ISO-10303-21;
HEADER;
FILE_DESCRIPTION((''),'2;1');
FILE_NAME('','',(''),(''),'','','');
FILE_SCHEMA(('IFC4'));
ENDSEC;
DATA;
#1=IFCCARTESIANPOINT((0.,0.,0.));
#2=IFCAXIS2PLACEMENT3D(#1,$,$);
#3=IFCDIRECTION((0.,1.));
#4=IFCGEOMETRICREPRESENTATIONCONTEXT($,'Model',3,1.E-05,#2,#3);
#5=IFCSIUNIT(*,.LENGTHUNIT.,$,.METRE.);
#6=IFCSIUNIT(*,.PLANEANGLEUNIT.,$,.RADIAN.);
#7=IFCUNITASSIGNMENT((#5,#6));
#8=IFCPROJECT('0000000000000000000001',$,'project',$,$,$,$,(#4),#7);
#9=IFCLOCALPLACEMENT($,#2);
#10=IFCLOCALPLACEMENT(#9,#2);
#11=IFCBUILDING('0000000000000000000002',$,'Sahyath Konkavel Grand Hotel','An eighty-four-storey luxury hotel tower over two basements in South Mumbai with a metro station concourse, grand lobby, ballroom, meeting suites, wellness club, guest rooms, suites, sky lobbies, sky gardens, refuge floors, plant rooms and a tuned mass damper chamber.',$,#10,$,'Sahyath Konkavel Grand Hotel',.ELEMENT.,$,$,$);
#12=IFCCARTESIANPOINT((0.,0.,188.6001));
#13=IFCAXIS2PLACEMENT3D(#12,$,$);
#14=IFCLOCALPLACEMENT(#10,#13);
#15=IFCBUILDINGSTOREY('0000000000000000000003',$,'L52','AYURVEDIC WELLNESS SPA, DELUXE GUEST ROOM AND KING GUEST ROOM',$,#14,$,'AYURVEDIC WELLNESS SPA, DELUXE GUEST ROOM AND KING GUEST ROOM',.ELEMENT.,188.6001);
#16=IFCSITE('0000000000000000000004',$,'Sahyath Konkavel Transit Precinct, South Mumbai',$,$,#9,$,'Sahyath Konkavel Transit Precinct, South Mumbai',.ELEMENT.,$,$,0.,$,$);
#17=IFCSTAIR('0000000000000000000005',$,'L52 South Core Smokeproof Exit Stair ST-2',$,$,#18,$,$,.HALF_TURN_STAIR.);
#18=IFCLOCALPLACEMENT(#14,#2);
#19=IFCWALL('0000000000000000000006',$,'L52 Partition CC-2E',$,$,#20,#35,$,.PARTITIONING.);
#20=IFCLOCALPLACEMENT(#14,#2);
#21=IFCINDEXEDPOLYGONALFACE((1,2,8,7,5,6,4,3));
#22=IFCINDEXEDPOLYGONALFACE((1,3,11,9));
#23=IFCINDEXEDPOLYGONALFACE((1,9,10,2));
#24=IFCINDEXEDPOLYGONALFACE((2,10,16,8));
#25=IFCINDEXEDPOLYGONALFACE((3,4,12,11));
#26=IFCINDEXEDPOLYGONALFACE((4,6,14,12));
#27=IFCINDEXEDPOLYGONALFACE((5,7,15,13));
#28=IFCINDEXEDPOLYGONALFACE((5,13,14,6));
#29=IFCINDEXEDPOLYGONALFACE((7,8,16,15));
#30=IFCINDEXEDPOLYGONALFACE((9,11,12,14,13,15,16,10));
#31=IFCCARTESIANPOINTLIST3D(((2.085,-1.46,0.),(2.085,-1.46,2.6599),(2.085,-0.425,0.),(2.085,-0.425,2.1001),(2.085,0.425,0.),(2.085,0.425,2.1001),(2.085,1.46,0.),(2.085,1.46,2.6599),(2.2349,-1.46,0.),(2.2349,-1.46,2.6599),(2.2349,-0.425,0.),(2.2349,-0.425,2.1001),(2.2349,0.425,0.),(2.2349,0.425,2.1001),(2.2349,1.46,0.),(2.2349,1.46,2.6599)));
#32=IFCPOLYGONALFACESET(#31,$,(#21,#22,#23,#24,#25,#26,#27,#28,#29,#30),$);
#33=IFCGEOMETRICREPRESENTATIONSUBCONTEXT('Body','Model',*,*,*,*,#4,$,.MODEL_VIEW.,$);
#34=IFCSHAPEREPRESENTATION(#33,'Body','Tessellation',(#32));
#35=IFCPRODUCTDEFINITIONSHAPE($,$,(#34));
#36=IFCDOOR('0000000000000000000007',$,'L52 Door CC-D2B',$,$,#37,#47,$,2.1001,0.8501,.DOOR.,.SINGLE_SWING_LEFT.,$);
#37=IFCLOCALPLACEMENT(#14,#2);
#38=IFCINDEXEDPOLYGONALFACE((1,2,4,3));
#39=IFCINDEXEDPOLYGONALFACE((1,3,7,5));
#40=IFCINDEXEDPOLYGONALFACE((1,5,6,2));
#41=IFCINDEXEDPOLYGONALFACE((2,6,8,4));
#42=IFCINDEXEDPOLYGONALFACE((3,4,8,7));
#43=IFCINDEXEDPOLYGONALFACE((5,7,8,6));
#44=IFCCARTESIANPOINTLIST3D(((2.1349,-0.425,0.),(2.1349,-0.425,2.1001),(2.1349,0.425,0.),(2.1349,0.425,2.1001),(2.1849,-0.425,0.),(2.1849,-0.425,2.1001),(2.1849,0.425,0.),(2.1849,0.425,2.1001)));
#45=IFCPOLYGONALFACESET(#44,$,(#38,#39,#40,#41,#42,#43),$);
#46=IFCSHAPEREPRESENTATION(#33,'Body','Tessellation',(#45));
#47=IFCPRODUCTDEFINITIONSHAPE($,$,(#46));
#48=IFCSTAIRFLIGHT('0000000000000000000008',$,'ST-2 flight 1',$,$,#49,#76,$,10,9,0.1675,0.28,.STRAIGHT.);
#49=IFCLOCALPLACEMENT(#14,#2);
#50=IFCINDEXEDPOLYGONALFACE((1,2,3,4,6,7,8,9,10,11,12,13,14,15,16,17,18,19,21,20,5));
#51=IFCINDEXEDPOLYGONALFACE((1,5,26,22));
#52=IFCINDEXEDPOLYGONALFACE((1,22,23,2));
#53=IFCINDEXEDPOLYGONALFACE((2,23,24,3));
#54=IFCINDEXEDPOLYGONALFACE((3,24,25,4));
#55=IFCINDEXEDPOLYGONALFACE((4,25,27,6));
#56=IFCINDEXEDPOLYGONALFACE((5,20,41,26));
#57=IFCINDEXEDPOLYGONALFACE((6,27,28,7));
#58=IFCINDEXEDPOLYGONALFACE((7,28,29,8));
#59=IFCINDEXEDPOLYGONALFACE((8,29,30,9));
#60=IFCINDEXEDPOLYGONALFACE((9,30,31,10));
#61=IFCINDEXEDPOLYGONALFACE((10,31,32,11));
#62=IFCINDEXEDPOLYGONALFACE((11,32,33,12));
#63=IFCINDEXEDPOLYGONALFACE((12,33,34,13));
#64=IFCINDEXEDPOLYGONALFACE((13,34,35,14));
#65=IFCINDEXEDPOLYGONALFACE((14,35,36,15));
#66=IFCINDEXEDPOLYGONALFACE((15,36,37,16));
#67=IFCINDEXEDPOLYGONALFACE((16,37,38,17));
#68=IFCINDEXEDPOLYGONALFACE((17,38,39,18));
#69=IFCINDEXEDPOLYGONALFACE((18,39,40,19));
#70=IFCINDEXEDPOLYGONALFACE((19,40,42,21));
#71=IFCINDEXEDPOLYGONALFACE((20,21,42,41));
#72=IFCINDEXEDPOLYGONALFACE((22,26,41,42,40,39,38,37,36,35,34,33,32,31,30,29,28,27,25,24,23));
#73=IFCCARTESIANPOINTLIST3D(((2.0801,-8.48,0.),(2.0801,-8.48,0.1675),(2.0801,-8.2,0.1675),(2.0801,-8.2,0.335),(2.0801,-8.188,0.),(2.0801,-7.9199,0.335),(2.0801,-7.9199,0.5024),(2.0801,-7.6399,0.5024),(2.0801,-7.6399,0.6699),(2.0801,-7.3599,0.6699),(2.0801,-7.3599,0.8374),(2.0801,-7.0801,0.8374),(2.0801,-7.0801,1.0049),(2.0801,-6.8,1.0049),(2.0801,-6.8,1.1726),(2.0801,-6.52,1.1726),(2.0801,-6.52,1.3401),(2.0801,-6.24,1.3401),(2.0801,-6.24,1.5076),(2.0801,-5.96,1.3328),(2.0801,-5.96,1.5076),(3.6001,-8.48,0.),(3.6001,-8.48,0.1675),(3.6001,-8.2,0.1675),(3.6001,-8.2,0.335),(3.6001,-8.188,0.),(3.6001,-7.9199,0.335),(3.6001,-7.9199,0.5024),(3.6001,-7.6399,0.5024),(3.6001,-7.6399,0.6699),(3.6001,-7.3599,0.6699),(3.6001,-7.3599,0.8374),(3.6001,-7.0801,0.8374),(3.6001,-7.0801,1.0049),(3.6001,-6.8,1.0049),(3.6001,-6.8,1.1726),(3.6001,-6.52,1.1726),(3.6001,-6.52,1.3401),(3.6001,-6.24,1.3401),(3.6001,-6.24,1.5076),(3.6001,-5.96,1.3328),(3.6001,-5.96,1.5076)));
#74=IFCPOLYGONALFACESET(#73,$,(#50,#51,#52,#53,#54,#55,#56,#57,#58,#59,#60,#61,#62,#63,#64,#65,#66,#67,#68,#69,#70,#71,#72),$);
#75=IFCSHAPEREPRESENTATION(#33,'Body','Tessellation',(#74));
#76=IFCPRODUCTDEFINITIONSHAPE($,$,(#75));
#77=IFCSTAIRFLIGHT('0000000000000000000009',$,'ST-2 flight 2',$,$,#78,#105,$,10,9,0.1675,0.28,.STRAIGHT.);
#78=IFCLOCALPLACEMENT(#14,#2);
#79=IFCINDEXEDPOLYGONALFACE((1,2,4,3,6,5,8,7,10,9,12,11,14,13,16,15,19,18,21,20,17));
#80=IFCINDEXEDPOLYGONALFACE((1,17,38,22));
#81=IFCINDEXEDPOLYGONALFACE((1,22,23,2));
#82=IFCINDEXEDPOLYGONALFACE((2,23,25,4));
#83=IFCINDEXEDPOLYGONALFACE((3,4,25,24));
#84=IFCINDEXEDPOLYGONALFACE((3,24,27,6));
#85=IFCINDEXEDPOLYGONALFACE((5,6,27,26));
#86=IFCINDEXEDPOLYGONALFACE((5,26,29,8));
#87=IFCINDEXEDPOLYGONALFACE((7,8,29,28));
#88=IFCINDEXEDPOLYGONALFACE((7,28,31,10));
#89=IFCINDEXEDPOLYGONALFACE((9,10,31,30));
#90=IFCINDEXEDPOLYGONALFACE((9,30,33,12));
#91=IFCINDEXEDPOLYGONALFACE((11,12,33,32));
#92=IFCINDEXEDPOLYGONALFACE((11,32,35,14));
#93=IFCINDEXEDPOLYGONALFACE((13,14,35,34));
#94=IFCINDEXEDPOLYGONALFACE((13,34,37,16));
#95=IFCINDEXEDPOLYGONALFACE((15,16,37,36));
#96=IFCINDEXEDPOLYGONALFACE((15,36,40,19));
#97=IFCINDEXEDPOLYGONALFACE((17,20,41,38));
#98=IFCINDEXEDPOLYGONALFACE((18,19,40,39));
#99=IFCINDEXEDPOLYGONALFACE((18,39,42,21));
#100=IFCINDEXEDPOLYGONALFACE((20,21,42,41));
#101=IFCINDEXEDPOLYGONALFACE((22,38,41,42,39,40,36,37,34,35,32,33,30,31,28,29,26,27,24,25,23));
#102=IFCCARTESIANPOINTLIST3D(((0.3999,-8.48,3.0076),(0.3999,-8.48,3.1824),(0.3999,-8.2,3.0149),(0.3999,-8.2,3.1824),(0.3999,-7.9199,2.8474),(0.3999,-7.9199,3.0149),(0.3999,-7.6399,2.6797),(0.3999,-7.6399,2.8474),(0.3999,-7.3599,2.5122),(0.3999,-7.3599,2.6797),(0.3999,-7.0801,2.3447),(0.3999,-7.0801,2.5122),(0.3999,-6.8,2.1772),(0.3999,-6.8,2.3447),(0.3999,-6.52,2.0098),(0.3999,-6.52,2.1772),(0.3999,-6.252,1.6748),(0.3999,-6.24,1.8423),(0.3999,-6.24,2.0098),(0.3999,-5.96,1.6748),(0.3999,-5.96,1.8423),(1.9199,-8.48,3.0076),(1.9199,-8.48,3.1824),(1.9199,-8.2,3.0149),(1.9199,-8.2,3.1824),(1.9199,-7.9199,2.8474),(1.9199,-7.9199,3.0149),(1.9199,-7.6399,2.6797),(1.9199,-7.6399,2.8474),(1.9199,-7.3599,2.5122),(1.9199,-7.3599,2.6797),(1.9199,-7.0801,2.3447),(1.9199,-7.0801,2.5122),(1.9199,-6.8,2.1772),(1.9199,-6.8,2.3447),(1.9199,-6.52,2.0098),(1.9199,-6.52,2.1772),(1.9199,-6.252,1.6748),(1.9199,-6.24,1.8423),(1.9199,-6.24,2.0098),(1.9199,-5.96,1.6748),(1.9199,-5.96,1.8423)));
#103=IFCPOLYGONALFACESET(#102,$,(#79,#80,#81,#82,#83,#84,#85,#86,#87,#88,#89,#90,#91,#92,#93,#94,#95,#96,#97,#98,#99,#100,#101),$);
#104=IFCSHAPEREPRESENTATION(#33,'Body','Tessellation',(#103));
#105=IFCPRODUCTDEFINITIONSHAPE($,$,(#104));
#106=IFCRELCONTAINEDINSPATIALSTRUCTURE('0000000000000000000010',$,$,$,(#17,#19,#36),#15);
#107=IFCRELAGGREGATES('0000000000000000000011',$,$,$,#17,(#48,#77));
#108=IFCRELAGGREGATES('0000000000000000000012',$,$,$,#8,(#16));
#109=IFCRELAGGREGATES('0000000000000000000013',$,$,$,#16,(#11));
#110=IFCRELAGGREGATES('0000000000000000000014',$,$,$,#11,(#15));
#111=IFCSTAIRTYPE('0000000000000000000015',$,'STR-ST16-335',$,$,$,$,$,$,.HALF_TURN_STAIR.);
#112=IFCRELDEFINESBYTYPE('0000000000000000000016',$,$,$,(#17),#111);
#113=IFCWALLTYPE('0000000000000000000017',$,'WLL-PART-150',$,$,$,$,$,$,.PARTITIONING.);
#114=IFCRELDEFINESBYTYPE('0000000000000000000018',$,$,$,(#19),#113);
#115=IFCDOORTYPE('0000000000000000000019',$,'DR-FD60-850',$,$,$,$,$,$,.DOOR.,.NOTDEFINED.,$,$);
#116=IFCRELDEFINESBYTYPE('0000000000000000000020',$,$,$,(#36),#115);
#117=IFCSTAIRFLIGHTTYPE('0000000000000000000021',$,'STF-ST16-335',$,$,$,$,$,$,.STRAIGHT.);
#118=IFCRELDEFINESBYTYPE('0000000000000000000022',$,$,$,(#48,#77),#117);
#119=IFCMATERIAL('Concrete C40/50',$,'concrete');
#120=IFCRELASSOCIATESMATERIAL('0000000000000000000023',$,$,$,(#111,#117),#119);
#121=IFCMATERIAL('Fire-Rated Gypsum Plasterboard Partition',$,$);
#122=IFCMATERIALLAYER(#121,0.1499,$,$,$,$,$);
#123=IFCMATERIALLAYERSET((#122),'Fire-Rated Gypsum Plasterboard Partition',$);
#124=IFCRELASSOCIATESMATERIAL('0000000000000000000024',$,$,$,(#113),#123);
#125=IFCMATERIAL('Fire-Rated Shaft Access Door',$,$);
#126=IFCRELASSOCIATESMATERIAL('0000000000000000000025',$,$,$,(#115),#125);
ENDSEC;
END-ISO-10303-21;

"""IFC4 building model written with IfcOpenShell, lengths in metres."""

from ifc_helpers import new_model, si_unit, direction, frame, frame_2d, origin, origin_2d, place, context, subcontext, project, spatial, polyline, rectangle, outline, extrude, source, transform, mapped, material, layer, layer_set, type_object, element, fill, aggregate, save


model = new_model("IFC4")

# Units and contexts
model_context = context("Model", 3, precision=1e-05, world=origin(), true_north=direction((0.0, 1.0)))
body_context = subcontext(model_context, "Body", "Model", "MODEL_VIEW")
ifc_project = project(units=[si_unit("LENGTHUNIT", "METRE"), si_unit("PLANEANGLEUNIT", "RADIAN")], contexts=[model_context])

# Site, building, storey
site_placement = place(None, origin())
site = spatial("IfcSite", under=ifc_project, at=site_placement, Name="Sahyath Konkavel Transit Precinct, South Mumbai", LongName="Sahyath Konkavel Transit Precinct, South Mumbai", CompositionType="ELEMENT", RefElevation=0.0)
building_placement = place(site_placement, origin())
building = spatial("IfcBuilding", under=site, at=building_placement, Name="Sahyath Konkavel Grand Hotel", Description="An eighty-four-storey luxury hotel tower over two basements in South Mumbai with a metro station concourse, grand lobby, ballroom, meeting suites, wellness club, guest rooms, suites, sky lobbies, sky gardens, refuge floors, plant rooms and a tuned mass damper chamber.", LongName="Sahyath Konkavel Grand Hotel", CompositionType="ELEMENT")
storey_placement = place(building_placement, frame((0.0, 0.0, 188.6001)))
storey = spatial("IfcBuildingStorey", under=building, at=storey_placement, Name="L52", Description="AYURVEDIC WELLNESS SPA, DELUXE GUEST ROOM AND KING GUEST ROOM", LongName="AYURVEDIC WELLNESS SPA, DELUXE GUEST ROOM AND KING GUEST ROOM", CompositionType="ELEMENT", Elevation=188.6001)

# Stair
ifc_material_1 = material(Name="Concrete C40/50", Category="concrete")
stair_type = type_object("IfcStairType", Name="STR-ST16-335", PredefinedType="HALF_TURN_STAIR", material=ifc_material_1)
stair_1_placement = place(storey_placement, origin())
stair_1 = element("IfcStair", 1, at=stair_1_placement, inside=storey, type_object=stair_type, Name="L52 South Core Smokeproof Exit Stair ST-2", PredefinedType="HALF_TURN_STAIR")

# Wall, opening, door
ifc_material_2 = material(Name="Fire-Rated Gypsum Plasterboard Partition")
ifc_layer_1 = layer(ifc_material_2, 0.1499)
ifc_layer_set_1 = layer_set([ifc_layer_1], Name="Fire-Rated Gypsum Plasterboard Partition")
wall_type_1 = type_object("IfcWallType", Name="WLL-PART-150", PredefinedType="PARTITIONING", material=ifc_layer_set_1)
wall_1_placement = place(storey_placement, frame((2.1599, -1.46, 0.0), z_axis=(0.0, 0.0, 1.0), x_axis=(0.0, 1.0, 0.0)))
wall_1 = element("IfcWall", 2, at=wall_1_placement, inside=storey, type_object=wall_type_1, Name="L52 Partition CC-2E", PredefinedType="PARTITIONING", context=body_context, shape_type="SweptSolid", body=[
    extrude(rectangle(XDim=2.9199, YDim=0.1499, at=frame_2d((1.46, 0.0))), origin(), (0.0, 0.0, 1.0), 2.6599),
])
opening_1_placement = place(wall_1_placement, frame((1.0349, 0.0, 0.0)))
opening_1 = element("IfcOpeningElement", 3, at=opening_1_placement, cuts=wall_1, PredefinedType="OPENING", context=body_context, shape_type="SweptSolid", body=[
    extrude(rectangle(XDim=0.8501, YDim=2.1001, at=frame_2d((0.425, 1.05))), frame((0.0, 0.085, 0.0), z_axis=(0.0, -1.0, 0.0), x_axis=(1.0, 0.0, 0.0)), (0.0, 0.0, 1.0), 0.1699),
])
ifc_material_3 = material(Name="Fire-Rated Shaft Access Door")
door_type_1 = type_object("IfcDoorType", Name="DR-FD60-850", OperationType="NOTDEFINED", PredefinedType="DOOR", material=ifc_material_3)
shared_shape_1 = source(origin(), body_context, "Body", "SweptSolid", [
    extrude(rectangle(XDim=0.8501, YDim=0.05, at=origin_2d()), origin(), (0.0, 0.0, 1.0), 2.1001),
])
door_1_placement = place(opening_1_placement, frame((0.425, 0.0, 0.0)))
door_1 = element("IfcDoor", 4, at=door_1_placement, inside=storey, type_object=door_type_1, Name="L52 Door CC-D2B", OperationType="SINGLE_SWING_LEFT", OverallHeight=2.1001, OverallWidth=0.8501, PredefinedType="DOOR", context=body_context, shape_type="MappedRepresentation", body=[
    mapped(shared_shape_1, transform((0.0, 0.0, 0.0), scale=1.0)),
])
fill(opening_1, door_1)

# Stair flights
stair_flight_type = type_object("IfcStairFlightType", Name="STF-ST16-335", PredefinedType="STRAIGHT", material=ifc_material_1)
stair_flight_1_placement = place(storey_placement, frame((2.8401, -8.48, 0.0), z_axis=(0.0, 0.0, 1.0), x_axis=(0.0, 1.0, 0.0)))
stair_flight_1 = element("IfcStairFlight", 5, at=stair_flight_1_placement, type_object=stair_flight_type, Name="ST-2 flight 1", NumberOfRisers=10, NumberOfTreads=9, PredefinedType="STRAIGHT", RiserHeight=0.1675, TreadLength=0.28, context=body_context, shape_type="SweptSolid", body=[
    extrude(outline(polyline([(0.0, 0.0), (0.0, 0.1675), (0.28, 0.1675), (0.28, 0.335), (0.5601, 0.335), (0.5601, 0.5024), (0.8401, 0.5024), (0.8401, 0.6699), (1.1201, 0.6699), (1.1201, 0.8374), (1.3999, 0.8374), (1.3999, 1.0049), (1.6799, 1.0049), (1.6799, 1.1726), (1.96, 1.1726), (1.96, 1.3401), (2.24, 1.3401), (2.24, 1.5076), (2.52, 1.5076), (2.52, 1.675), (2.52, 1.3328), (0.292, 0.0), (0.0, 0.0)])), frame((0.0, 0.76, 0.0), z_axis=(0.0, -1.0, 0.0), x_axis=(1.0, 0.0, 0.0)), (0.0, 0.0, 1.0), 1.52),
])
stair_flight_2_placement = place(storey_placement, frame((1.1599, -5.96, 1.6748), z_axis=(0.0, 0.0, 1.0), x_axis=(0.0, -1.0, 0.0)))
stair_flight_2 = element("IfcStairFlight", 6, at=stair_flight_2_placement, type_object=stair_flight_type, Name="ST-2 flight 2", NumberOfRisers=10, NumberOfTreads=9, PredefinedType="STRAIGHT", RiserHeight=0.1675, TreadLength=0.28, context=body_context, shape_type="SweptSolid", body=[
    extrude(outline(polyline([(0.0, 0.0), (0.0, 0.1675), (0.28, 0.1675), (0.28, 0.335), (0.5601, 0.335), (0.5601, 0.5024), (0.8401, 0.5024), (0.8401, 0.6699), (1.1201, 0.6699), (1.1201, 0.8374), (1.3999, 0.8374), (1.3999, 1.0049), (1.6799, 1.0049), (1.6799, 1.1726), (1.96, 1.1726), (1.96, 1.3401), (2.24, 1.3401), (2.24, 1.5076), (2.52, 1.5076), (2.52, 1.675), (2.52, 1.3328), (0.292, 0.0), (0.0, 0.0)])), frame((0.0, 0.76, 0.0), z_axis=(0.0, -1.0, 0.0), x_axis=(1.0, 0.0, 0.0)), (0.0, 0.0, 1.0), 1.52),
])
aggregate(stair_1, [stair_flight_1, stair_flight_2])

save(model, "model.ifc")
